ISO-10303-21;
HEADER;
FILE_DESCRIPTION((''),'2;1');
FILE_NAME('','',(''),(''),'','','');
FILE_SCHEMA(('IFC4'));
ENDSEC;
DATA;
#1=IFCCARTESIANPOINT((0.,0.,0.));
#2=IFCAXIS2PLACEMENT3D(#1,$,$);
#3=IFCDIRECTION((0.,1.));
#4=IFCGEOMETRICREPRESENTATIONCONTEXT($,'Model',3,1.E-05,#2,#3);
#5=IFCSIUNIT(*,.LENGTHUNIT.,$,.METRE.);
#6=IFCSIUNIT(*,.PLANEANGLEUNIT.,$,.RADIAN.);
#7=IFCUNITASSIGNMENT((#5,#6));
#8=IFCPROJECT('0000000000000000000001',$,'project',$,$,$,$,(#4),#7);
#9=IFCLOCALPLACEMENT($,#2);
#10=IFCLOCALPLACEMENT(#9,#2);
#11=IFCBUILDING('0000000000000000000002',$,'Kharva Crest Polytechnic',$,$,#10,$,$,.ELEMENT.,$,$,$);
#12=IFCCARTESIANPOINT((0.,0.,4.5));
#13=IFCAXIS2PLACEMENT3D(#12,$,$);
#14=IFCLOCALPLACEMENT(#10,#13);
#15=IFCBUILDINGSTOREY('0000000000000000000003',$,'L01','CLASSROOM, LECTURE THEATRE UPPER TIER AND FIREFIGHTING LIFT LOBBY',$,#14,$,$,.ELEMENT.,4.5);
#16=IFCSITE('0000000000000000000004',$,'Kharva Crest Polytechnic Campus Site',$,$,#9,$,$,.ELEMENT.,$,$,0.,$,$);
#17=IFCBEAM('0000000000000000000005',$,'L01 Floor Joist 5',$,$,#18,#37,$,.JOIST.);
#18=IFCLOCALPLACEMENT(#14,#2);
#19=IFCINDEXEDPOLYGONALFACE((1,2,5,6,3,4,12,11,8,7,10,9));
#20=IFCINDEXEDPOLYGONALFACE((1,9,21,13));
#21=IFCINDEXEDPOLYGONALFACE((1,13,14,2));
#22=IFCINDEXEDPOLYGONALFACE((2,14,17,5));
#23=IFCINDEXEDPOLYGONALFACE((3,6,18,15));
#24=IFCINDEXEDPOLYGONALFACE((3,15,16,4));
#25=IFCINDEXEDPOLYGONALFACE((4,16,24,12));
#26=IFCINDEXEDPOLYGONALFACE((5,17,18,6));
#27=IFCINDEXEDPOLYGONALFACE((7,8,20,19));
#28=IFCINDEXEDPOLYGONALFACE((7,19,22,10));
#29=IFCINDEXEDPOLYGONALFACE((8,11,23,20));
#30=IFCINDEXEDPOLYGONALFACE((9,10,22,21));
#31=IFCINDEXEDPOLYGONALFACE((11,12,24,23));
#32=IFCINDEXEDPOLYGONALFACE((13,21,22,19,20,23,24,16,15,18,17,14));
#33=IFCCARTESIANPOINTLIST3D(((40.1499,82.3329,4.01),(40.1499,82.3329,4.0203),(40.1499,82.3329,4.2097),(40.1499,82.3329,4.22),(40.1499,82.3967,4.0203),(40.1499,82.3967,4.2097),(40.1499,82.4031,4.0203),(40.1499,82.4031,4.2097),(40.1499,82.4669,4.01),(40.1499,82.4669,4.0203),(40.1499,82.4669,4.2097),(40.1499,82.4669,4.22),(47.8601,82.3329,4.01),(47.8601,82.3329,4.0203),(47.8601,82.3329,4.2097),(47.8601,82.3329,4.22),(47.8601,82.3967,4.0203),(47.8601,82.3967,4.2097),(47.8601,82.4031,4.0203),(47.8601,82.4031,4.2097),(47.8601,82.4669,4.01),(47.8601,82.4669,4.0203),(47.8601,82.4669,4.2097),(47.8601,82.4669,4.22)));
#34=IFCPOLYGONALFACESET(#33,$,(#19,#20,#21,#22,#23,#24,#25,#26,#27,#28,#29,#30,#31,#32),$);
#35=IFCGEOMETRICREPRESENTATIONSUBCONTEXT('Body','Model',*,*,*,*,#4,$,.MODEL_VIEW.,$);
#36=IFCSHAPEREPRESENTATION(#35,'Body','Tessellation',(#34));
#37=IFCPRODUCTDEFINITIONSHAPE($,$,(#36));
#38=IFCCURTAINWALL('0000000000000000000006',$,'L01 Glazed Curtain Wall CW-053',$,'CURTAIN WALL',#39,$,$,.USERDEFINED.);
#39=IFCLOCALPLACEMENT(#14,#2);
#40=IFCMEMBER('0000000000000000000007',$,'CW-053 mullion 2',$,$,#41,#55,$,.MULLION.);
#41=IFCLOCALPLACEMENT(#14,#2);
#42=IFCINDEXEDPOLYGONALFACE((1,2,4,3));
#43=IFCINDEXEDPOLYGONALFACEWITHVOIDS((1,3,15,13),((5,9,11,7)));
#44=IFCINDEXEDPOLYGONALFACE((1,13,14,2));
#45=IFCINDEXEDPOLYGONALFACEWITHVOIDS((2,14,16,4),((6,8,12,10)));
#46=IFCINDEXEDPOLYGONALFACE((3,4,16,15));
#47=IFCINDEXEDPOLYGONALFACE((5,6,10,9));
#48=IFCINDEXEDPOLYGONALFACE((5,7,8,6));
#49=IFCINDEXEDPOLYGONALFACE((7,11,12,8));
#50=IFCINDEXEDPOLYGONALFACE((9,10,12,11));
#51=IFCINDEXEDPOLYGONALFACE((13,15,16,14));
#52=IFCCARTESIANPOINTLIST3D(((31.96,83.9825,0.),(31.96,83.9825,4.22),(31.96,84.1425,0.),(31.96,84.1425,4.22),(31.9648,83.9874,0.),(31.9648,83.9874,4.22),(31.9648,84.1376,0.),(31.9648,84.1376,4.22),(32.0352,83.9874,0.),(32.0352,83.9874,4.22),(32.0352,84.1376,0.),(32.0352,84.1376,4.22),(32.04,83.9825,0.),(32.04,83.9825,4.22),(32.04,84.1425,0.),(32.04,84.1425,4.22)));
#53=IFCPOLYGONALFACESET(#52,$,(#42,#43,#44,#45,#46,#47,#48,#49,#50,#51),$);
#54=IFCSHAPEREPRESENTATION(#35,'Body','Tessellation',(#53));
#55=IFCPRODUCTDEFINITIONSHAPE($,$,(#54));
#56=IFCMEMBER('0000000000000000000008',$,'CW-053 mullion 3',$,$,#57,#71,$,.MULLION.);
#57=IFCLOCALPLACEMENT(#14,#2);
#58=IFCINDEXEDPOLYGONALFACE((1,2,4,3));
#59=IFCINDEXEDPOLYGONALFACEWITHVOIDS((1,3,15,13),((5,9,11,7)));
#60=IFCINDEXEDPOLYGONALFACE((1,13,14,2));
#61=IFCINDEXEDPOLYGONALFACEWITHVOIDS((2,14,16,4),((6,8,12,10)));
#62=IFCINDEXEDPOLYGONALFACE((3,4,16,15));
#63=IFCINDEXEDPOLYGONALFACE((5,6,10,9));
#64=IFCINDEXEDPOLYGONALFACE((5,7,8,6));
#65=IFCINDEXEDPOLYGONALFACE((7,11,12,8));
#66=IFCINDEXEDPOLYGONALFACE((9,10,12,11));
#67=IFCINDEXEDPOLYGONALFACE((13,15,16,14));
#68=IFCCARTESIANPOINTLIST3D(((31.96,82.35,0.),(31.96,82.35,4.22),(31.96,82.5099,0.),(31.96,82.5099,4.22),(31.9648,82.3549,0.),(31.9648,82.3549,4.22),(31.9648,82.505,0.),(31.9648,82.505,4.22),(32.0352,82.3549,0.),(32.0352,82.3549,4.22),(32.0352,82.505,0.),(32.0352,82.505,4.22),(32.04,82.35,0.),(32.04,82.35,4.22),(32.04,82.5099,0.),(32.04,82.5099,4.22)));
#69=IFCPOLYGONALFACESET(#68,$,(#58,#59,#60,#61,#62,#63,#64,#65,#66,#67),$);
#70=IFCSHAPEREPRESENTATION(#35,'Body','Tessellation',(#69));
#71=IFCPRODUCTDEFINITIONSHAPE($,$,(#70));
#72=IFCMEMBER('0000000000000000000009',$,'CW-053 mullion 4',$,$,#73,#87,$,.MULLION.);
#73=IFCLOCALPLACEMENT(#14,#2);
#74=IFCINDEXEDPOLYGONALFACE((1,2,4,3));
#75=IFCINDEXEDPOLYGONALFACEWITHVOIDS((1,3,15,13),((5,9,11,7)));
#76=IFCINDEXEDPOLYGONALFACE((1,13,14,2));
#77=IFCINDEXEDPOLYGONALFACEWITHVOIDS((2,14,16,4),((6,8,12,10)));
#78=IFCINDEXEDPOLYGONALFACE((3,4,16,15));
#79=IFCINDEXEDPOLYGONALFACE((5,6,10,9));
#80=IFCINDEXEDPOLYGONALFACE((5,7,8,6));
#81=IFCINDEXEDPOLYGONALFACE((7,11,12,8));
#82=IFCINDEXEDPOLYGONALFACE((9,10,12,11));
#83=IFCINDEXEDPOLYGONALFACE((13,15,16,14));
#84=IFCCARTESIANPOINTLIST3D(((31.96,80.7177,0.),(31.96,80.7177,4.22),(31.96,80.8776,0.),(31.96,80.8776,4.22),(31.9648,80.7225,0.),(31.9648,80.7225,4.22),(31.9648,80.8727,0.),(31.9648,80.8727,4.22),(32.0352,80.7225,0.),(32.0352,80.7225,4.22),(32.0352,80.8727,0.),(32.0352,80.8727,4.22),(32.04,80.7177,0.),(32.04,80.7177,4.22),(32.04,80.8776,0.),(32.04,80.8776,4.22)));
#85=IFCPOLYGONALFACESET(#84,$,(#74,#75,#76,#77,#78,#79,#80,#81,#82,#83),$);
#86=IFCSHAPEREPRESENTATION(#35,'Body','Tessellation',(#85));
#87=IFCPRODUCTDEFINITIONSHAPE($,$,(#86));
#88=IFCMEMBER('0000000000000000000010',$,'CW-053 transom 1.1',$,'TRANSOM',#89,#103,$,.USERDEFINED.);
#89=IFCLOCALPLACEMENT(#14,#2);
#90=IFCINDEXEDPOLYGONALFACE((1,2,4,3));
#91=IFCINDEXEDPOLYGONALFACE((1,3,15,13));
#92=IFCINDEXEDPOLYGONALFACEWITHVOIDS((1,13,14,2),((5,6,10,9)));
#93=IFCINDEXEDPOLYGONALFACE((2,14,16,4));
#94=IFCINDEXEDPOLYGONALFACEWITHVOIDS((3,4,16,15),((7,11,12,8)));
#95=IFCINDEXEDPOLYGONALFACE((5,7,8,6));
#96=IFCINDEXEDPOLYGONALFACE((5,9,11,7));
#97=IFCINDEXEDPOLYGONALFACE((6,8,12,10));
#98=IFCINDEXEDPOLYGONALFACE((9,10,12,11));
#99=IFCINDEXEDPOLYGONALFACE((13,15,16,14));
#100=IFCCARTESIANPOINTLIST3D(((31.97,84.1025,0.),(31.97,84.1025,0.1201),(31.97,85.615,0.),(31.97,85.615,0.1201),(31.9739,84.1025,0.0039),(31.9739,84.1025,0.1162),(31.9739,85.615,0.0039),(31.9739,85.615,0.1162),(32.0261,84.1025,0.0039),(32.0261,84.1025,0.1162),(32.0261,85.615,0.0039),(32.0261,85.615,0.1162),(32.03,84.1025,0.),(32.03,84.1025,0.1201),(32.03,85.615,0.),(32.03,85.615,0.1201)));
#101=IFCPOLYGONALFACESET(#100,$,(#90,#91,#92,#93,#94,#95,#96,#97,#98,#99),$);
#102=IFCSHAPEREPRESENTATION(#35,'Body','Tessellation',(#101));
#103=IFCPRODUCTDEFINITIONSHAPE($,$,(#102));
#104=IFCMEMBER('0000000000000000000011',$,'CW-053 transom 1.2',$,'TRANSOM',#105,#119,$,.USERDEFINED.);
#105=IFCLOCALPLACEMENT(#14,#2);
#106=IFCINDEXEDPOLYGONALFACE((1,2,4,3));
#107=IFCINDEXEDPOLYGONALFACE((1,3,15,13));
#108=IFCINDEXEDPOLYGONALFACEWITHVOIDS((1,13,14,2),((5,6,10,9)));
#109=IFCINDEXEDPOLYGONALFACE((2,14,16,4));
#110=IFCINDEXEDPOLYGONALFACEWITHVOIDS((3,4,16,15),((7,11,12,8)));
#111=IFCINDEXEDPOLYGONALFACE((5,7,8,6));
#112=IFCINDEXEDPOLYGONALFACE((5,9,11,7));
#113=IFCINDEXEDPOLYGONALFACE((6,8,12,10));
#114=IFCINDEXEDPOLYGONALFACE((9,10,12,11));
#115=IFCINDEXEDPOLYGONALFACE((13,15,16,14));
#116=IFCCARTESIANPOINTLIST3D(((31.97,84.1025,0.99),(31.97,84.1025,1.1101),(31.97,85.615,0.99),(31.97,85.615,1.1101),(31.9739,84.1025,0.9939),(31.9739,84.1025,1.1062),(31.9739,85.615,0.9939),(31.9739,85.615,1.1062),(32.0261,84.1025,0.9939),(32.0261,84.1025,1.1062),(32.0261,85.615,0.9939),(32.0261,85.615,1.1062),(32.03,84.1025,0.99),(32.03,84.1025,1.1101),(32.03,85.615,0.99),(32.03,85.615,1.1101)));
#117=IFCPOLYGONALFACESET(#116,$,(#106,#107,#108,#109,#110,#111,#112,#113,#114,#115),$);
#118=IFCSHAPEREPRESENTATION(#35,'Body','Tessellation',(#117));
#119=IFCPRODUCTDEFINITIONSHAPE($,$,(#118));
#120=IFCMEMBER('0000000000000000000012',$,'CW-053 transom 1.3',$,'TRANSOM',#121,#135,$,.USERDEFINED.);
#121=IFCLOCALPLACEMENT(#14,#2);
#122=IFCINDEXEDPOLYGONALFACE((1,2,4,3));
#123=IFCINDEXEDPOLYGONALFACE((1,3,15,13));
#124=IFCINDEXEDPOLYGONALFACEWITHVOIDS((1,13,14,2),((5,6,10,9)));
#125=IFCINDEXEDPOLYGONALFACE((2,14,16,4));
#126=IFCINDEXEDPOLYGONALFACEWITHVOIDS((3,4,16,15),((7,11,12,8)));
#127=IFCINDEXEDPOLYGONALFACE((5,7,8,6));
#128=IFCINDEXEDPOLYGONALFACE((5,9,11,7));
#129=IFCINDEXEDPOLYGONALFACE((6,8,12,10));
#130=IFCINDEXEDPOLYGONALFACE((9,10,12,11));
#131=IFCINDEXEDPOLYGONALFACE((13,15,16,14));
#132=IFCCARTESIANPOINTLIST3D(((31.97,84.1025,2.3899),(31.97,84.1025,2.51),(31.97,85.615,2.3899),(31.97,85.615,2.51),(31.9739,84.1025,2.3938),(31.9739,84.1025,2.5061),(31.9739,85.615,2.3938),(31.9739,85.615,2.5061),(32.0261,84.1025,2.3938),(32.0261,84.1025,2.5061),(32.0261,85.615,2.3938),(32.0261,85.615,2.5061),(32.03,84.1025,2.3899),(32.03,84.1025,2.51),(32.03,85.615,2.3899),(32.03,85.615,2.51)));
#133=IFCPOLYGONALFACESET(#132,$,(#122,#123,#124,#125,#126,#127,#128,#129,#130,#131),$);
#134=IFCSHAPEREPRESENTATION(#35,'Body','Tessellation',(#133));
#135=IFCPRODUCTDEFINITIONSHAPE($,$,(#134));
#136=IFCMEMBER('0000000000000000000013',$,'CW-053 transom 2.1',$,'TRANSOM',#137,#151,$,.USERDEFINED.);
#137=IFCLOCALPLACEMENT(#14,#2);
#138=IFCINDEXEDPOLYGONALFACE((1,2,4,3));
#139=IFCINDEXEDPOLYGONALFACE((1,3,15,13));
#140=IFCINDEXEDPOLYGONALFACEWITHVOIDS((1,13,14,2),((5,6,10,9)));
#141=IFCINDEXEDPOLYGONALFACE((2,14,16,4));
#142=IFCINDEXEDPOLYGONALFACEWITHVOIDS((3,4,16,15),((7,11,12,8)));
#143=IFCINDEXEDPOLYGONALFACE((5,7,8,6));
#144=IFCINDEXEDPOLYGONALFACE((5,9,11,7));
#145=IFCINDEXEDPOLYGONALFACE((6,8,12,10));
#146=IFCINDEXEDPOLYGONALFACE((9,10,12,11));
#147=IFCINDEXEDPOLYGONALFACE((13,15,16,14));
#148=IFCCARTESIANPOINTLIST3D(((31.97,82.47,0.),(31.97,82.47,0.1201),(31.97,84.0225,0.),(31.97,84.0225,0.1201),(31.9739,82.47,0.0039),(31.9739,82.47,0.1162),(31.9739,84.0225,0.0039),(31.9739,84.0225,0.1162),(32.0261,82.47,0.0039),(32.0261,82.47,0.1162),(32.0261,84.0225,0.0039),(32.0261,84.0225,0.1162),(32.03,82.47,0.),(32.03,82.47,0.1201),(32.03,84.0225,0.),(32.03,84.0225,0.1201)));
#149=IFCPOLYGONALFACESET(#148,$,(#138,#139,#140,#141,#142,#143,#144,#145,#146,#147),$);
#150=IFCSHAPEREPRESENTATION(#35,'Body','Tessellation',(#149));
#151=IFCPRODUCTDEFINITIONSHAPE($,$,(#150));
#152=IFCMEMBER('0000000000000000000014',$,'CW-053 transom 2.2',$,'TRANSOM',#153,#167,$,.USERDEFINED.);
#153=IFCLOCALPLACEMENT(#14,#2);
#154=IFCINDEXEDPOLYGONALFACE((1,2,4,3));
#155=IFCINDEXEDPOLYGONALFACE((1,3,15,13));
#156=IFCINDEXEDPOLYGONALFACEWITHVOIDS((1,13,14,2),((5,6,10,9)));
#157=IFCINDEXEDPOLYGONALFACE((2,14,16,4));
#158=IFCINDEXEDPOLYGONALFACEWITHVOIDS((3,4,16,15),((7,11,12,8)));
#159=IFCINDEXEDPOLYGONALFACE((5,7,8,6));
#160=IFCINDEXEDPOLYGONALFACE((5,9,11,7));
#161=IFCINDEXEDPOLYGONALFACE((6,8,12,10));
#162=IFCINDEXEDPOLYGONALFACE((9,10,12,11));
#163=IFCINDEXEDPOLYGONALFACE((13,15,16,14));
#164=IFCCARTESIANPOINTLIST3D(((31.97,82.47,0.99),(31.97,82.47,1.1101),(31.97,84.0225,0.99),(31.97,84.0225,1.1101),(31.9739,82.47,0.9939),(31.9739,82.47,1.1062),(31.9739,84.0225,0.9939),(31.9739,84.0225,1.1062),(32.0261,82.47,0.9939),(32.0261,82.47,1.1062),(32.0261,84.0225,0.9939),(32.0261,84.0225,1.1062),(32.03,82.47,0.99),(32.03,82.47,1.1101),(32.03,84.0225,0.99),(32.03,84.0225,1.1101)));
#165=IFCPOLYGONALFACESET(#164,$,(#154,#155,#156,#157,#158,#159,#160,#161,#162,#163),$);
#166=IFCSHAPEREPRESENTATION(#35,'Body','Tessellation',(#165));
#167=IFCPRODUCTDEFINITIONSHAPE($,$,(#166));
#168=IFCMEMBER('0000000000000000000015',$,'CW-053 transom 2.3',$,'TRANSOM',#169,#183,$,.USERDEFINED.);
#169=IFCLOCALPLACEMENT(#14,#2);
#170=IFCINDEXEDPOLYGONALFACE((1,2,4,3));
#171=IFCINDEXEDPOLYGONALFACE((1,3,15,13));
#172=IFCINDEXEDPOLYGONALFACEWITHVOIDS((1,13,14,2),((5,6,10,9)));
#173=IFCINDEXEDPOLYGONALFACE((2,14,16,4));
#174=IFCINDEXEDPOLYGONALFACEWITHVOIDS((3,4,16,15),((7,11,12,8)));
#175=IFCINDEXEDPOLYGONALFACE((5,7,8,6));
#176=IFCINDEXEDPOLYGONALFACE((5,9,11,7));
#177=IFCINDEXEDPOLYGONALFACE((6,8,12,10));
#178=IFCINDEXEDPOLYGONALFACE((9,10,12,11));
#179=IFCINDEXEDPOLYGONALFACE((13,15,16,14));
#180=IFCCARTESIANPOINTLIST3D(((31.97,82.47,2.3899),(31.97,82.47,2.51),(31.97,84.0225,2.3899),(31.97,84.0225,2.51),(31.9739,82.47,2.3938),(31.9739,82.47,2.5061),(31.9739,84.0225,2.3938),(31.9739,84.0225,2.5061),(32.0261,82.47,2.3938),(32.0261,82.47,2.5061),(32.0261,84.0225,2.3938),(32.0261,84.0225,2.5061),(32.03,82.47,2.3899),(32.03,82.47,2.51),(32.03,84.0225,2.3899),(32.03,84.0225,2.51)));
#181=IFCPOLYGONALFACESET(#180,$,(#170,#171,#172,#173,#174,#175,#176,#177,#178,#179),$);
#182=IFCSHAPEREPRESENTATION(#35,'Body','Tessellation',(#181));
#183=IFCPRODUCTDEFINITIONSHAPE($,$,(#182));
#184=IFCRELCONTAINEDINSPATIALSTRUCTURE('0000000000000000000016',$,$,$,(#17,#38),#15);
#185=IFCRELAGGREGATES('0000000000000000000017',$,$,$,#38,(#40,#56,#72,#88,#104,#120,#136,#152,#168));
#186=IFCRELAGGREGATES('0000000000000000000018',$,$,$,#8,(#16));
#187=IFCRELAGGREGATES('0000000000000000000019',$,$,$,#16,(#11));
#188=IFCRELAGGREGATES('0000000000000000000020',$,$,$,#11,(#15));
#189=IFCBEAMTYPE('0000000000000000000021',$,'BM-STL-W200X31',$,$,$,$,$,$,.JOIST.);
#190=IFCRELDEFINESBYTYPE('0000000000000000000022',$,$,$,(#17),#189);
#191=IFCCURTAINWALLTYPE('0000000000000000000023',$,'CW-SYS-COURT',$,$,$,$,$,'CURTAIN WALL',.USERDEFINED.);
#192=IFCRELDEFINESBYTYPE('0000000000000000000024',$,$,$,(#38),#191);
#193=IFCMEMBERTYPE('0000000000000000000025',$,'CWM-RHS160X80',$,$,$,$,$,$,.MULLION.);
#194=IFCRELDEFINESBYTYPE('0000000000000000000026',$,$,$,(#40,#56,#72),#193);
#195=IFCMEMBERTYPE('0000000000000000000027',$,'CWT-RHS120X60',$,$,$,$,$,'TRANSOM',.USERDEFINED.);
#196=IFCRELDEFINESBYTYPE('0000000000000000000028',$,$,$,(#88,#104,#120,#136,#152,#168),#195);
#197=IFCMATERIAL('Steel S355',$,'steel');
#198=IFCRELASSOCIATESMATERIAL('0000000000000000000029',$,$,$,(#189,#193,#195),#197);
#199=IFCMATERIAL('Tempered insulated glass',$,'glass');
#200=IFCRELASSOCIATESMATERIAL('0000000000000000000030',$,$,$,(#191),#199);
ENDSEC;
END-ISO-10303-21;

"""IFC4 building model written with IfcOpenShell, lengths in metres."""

from ifc_helpers import new_model, si_unit, direction, frame, origin, origin_2d, place, context, subcontext, project, spatial, hollow_rectangle, i_section, extrude, material, material_profile, profile_set, type_object, element, aggregate, save


model = new_model("IFC4")

# Units and contexts
model_context = context("Model", 3, precision=1e-05, world=origin(), true_north=direction((0.0, 1.0)))
body_context = subcontext(model_context, "Body", "Model", "MODEL_VIEW")
ifc_project = project(units=[si_unit("LENGTHUNIT", "METRE"), si_unit("PLANEANGLEUNIT", "RADIAN")], contexts=[model_context])

# Site, building, storey
site_placement = place(None, origin())
site = spatial("IfcSite", under=ifc_project, at=site_placement, Name="Kharva Crest Polytechnic Campus Site", CompositionType="ELEMENT", RefElevation=0.0)
building_placement = place(site_placement, origin())
building = spatial("IfcBuilding", under=site, at=building_placement, Name="Kharva Crest Polytechnic", CompositionType="ELEMENT")
storey_placement = place(building_placement, frame((0.0, 0.0, 4.5)))
storey = spatial("IfcBuildingStorey", under=building, at=storey_placement, Name="L01", Description="CLASSROOM, LECTURE THEATRE UPPER TIER AND FIREFIGHTING LIFT LOBBY", CompositionType="ELEMENT", Elevation=4.5)

# Beam
ifc_material_1 = material(Name="Steel S355", Category="steel")
ifc_material_profile_1 = material_profile(ifc_material_1, i_section(OverallWidth=0.134, OverallDepth=0.21, WebThickness=0.0063, FlangeThickness=0.0103, at=origin_2d()), Name="W200X31.3")
ifc_profile_set_1 = profile_set([ifc_material_profile_1], Name="Steel S355")
beam_type = type_object("IfcBeamType", Name="BM-STL-W200X31", PredefinedType="JOIST", material=ifc_profile_set_1)
beam_placement = place(storey_placement, frame((40.1499, 82.3999, 4.115), z_axis=(1.0, 0.0, 0.0), x_axis=(0.0, 1.0, 0.0)))
element("IfcBeam", 1, at=beam_placement, inside=storey, type_object=beam_type, Name="L01 Floor Joist 5", PredefinedType="JOIST", context=body_context, shape_type="SweptSolid", body=[
    extrude(i_section(OverallWidth=0.134, OverallDepth=0.21, WebThickness=0.0063, FlangeThickness=0.0103, at=origin_2d()), origin(), (0.0, 0.0, 1.0), 7.7102),
])

# Curtain wall, members
ifc_material_2 = material(Name="Tempered insulated glass", Category="glass")
curtain_wall_type = type_object("IfcCurtainWallType", Name="CW-SYS-COURT", ElementType="CURTAIN WALL", PredefinedType="USERDEFINED", material=ifc_material_2)
curtain_wall_placement = place(storey_placement, origin())
curtain_wall = element("IfcCurtainWall", 2, at=curtain_wall_placement, inside=storey, type_object=curtain_wall_type, Name="L01 Glazed Curtain Wall CW-053", ObjectType="CURTAIN WALL", PredefinedType="USERDEFINED")
ifc_material_profile_2 = material_profile(ifc_material_1, hollow_rectangle(XDim=0.0801, YDim=0.1599, WallThickness=0.0049, at=origin_2d()), Name="RHS 160X80X5.0")
ifc_profile_set_2 = profile_set([ifc_material_profile_2], Name="Steel S355")
member_type_1 = type_object("IfcMemberType", Name="CWM-RHS160X80", PredefinedType="MULLION", material=ifc_profile_set_2)
member_1_placement = place(storey_placement, frame((32.0, 84.0625, 0.0), z_axis=(0.0, 0.0, 1.0), x_axis=(1.0, 0.0, 0.0)))
member_1 = element("IfcMember", 3, at=member_1_placement, type_object=member_type_1, Name="CW-053 mullion 2", PredefinedType="MULLION", context=body_context, shape_type="SweptSolid", body=[
    extrude(hollow_rectangle(XDim=0.0801, YDim=0.1599, WallThickness=0.0049, at=origin_2d()), origin(), (0.0, 0.0, 1.0), 4.22),
])
member_2_placement = place(storey_placement, frame((32.0, 82.4299, 0.0), z_axis=(0.0, 0.0, 1.0), x_axis=(1.0, 0.0, 0.0)))
member_2 = element("IfcMember", 4, at=member_2_placement, type_object=member_type_1, Name="CW-053 mullion 3", PredefinedType="MULLION", context=body_context, shape_type="SweptSolid", body=[
    extrude(hollow_rectangle(XDim=0.0801, YDim=0.1599, WallThickness=0.0049, at=origin_2d()), origin(), (0.0, 0.0, 1.0), 4.22),
])
member_3_placement = place(storey_placement, frame((32.0, 80.7976, 0.0), z_axis=(0.0, 0.0, 1.0), x_axis=(1.0, 0.0, 0.0)))
member_3 = element("IfcMember", 5, at=member_3_placement, type_object=member_type_1, Name="CW-053 mullion 4", PredefinedType="MULLION", context=body_context, shape_type="SweptSolid", body=[
    extrude(hollow_rectangle(XDim=0.0801, YDim=0.1599, WallThickness=0.0049, at=origin_2d()), origin(), (0.0, 0.0, 1.0), 4.22),
])
ifc_material_profile_3 = material_profile(ifc_material_1, hollow_rectangle(XDim=0.0601, YDim=0.1201, WallThickness=0.0039, at=origin_2d()), Name="RHS 120X60X4.0")
ifc_profile_set_3 = profile_set([ifc_material_profile_3], Name="Steel S355")
member_type_2 = type_object("IfcMemberType", Name="CWT-RHS120X60", ElementType="TRANSOM", PredefinedType="USERDEFINED", material=ifc_profile_set_3)
member_4_placement = place(storey_placement, frame((32.0, 85.615, 0.0601), z_axis=(0.0, -1.0, 0.0), x_axis=(1.0, 0.0, 0.0)))
member_4 = element("IfcMember", 6, at=member_4_placement, type_object=member_type_2, Name="CW-053 transom 1.1", ObjectType="TRANSOM", PredefinedType="USERDEFINED", context=body_context, shape_type="SweptSolid", body=[
    extrude(hollow_rectangle(XDim=0.0601, YDim=0.1201, WallThickness=0.0039, at=origin_2d()), origin(), (0.0, 0.0, 1.0), 1.5125),
])
member_5_placement = place(storey_placement, frame((32.0, 85.615, 1.05), z_axis=(0.0, -1.0, 0.0), x_axis=(1.0, 0.0, 0.0)))
member_5 = element("IfcMember", 7, at=member_5_placement, type_object=member_type_2, Name="CW-053 transom 1.2", ObjectType="TRANSOM", PredefinedType="USERDEFINED", context=body_context, shape_type="SweptSolid", body=[
    extrude(hollow_rectangle(XDim=0.0601, YDim=0.1201, WallThickness=0.0039, at=origin_2d()), origin(), (0.0, 0.0, 1.0), 1.5125),
])
member_6_placement = place(storey_placement, frame((32.0, 85.615, 2.45), z_axis=(0.0, -1.0, 0.0), x_axis=(1.0, 0.0, 0.0)))
member_6 = element("IfcMember", 8, at=member_6_placement, type_object=member_type_2, Name="CW-053 transom 1.3", ObjectType="TRANSOM", PredefinedType="USERDEFINED", context=body_context, shape_type="SweptSolid", body=[
    extrude(hollow_rectangle(XDim=0.0601, YDim=0.1201, WallThickness=0.0039, at=origin_2d()), origin(), (0.0, 0.0, 1.0), 1.5125),
])
member_7_placement = place(storey_placement, frame((32.0, 84.0225, 0.0601), z_axis=(0.0, -1.0, 0.0), x_axis=(1.0, 0.0, 0.0)))
member_7 = element("IfcMember", 9, at=member_7_placement, type_object=member_type_2, Name="CW-053 transom 2.1", ObjectType="TRANSOM", PredefinedType="USERDEFINED", context=body_context, shape_type="SweptSolid", body=[
    extrude(hollow_rectangle(XDim=0.0601, YDim=0.1201, WallThickness=0.0039, at=origin_2d()), origin(), (0.0, 0.0, 1.0), 1.5525),
])
member_8_placement = place(storey_placement, frame((32.0, 84.0225, 1.05), z_axis=(0.0, -1.0, 0.0), x_axis=(1.0, 0.0, 0.0)))
member_8 = element("IfcMember", 10, at=member_8_placement, type_object=member_type_2, Name="CW-053 transom 2.2", ObjectType="TRANSOM", PredefinedType="USERDEFINED", context=body_context, shape_type="SweptSolid", body=[
    extrude(hollow_rectangle(XDim=0.0601, YDim=0.1201, WallThickness=0.0039, at=origin_2d()), origin(), (0.0, 0.0, 1.0), 1.5525),
])
member_9_placement = place(storey_placement, frame((32.0, 84.0225, 2.45), z_axis=(0.0, -1.0, 0.0), x_axis=(1.0, 0.0, 0.0)))
member_9 = element("IfcMember", 11, at=member_9_placement, type_object=member_type_2, Name="CW-053 transom 2.3", ObjectType="TRANSOM", PredefinedType="USERDEFINED", context=body_context, shape_type="SweptSolid", body=[
    extrude(hollow_rectangle(XDim=0.0601, YDim=0.1201, WallThickness=0.0039, at=origin_2d()), origin(), (0.0, 0.0, 1.0), 1.5525),
])
aggregate(curtain_wall, [member_1, member_2, member_3, member_4, member_5, member_6, member_7, member_8, member_9])

save(model, "model.ifc")
